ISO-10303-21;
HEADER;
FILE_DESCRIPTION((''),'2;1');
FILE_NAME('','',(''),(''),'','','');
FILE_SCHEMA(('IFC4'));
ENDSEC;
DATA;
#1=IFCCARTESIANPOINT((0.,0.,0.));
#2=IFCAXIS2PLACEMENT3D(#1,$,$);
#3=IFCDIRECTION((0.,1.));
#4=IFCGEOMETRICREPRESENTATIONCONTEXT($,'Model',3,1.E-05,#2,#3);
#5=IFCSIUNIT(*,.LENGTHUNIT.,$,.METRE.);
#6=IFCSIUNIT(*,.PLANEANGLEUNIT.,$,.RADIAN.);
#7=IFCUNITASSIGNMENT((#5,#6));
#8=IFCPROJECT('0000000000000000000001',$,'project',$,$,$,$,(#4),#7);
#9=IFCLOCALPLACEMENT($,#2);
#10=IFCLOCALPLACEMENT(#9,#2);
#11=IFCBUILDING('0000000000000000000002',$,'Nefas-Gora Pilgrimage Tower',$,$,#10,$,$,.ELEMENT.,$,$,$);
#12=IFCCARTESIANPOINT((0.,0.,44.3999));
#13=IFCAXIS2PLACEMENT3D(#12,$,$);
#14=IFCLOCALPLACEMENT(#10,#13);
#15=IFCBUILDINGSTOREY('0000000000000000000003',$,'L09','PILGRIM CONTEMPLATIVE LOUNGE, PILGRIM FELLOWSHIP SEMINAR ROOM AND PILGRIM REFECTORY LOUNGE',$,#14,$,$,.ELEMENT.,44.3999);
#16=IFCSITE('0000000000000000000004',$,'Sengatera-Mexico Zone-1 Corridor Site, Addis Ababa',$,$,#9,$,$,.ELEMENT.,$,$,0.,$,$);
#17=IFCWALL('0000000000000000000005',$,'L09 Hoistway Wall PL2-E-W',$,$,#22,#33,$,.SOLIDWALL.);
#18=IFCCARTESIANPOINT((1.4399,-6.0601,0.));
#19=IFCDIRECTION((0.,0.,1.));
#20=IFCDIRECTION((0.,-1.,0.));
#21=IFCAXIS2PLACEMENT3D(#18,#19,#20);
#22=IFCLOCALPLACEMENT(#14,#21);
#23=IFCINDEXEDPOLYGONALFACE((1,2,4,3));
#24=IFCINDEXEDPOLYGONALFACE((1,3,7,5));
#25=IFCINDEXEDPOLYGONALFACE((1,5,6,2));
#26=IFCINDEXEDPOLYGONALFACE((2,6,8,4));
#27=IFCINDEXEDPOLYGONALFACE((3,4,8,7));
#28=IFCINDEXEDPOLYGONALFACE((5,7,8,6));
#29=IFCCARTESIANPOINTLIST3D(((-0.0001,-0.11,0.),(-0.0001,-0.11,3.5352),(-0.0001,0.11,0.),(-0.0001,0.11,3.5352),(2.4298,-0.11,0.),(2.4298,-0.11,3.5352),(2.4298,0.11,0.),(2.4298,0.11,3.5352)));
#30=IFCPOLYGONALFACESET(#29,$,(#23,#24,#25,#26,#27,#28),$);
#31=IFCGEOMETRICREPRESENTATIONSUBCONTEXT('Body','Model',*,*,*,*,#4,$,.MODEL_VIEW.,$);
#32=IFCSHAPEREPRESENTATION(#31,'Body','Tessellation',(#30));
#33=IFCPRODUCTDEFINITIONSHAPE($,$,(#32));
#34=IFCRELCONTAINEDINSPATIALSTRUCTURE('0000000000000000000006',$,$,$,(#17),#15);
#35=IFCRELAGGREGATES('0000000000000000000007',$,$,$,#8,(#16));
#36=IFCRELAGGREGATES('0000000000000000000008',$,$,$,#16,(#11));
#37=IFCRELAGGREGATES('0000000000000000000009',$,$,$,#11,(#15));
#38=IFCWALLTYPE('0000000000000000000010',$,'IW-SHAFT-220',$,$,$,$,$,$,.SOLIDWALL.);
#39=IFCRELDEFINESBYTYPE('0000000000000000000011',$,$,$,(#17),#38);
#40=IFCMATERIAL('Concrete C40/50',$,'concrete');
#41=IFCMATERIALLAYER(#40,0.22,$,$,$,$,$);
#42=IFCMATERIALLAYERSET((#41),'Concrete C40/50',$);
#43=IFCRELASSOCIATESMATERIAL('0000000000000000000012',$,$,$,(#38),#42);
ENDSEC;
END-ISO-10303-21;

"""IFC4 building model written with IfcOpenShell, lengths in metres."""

from ifc_helpers import new_model, si_unit, direction, frame, frame_2d, origin, place, context, subcontext, project, spatial, rectangle, extrude, source, transform, mapped, material, layer, layer_set, type_object, element, save


model = new_model("IFC4")

# Units and contexts
model_context = context("Model", 3, precision=1e-05, world=origin(), true_north=direction((0.0, 1.0)))
body_context = subcontext(model_context, "Body", "Model", "MODEL_VIEW")
ifc_project = project(units=[si_unit("LENGTHUNIT", "METRE"), si_unit("PLANEANGLEUNIT", "RADIAN")], contexts=[model_context])

# Site, building, storey
site_placement = place(None, origin())
site = spatial("IfcSite", under=ifc_project, at=site_placement, Name="Sengatera-Mexico Zone-1 Corridor Site, Addis Ababa", CompositionType="ELEMENT", RefElevation=0.0)
building_placement = place(site_placement, origin())
building = spatial("IfcBuilding", under=site, at=building_placement, Name="Nefas-Gora Pilgrimage Tower", CompositionType="ELEMENT")
storey_placement = place(building_placement, frame((0.0, 0.0, 44.3999)))
storey = spatial("IfcBuildingStorey", under=building, at=storey_placement, Name="L09", Description="PILGRIM CONTEMPLATIVE LOUNGE, PILGRIM FELLOWSHIP SEMINAR ROOM AND PILGRIM REFECTORY LOUNGE", CompositionType="ELEMENT", Elevation=44.3999)

# Shared definitions
ifc_material_1 = material(Name="Concrete C40/50", Category="concrete")
ifc_layer_1 = layer(ifc_material_1, 0.22)
ifc_layer_set_1 = layer_set([ifc_layer_1], Name="Concrete C40/50")
wall_type_1 = type_object("IfcWallType", Name="IW-SHAFT-220", PredefinedType="SOLIDWALL", material=ifc_layer_set_1)

# Wall
shared_shape_1 = source(origin(), body_context, "Body", "SweptSolid", [
    extrude(rectangle(XDim=2.4299, YDim=0.22, at=frame_2d((1.2148, 0.0))), origin(), (0.0, 0.0, 1.0), 3.5352),
])
for number, where, z_axis, x_axis, name in (
    (1, (1.4399, -6.0601, 0.0), (0.0, 0.0, 1.0), (0.0, -1.0, 0.0), "L09 Hoistway Wall PL2-E-W"),
):
    element("IfcWall", number, at=place(storey_placement, frame(where, z_axis=z_axis, x_axis=x_axis)), inside=storey, type_object=wall_type_1, Name=name, PredefinedType="SOLIDWALL", context=body_context, shape_type="MappedRepresentation", body=[
        mapped(shared_shape_1, transform((0.0, 0.0, 0.0), x_axis=(1.0, 0.0, 0.0), y_axis=(0.0, 1.0, 0.0), z_axis=(0.0, 0.0, 1.0), scale=1.0)),
    ])

save(model, "model.ifc")
